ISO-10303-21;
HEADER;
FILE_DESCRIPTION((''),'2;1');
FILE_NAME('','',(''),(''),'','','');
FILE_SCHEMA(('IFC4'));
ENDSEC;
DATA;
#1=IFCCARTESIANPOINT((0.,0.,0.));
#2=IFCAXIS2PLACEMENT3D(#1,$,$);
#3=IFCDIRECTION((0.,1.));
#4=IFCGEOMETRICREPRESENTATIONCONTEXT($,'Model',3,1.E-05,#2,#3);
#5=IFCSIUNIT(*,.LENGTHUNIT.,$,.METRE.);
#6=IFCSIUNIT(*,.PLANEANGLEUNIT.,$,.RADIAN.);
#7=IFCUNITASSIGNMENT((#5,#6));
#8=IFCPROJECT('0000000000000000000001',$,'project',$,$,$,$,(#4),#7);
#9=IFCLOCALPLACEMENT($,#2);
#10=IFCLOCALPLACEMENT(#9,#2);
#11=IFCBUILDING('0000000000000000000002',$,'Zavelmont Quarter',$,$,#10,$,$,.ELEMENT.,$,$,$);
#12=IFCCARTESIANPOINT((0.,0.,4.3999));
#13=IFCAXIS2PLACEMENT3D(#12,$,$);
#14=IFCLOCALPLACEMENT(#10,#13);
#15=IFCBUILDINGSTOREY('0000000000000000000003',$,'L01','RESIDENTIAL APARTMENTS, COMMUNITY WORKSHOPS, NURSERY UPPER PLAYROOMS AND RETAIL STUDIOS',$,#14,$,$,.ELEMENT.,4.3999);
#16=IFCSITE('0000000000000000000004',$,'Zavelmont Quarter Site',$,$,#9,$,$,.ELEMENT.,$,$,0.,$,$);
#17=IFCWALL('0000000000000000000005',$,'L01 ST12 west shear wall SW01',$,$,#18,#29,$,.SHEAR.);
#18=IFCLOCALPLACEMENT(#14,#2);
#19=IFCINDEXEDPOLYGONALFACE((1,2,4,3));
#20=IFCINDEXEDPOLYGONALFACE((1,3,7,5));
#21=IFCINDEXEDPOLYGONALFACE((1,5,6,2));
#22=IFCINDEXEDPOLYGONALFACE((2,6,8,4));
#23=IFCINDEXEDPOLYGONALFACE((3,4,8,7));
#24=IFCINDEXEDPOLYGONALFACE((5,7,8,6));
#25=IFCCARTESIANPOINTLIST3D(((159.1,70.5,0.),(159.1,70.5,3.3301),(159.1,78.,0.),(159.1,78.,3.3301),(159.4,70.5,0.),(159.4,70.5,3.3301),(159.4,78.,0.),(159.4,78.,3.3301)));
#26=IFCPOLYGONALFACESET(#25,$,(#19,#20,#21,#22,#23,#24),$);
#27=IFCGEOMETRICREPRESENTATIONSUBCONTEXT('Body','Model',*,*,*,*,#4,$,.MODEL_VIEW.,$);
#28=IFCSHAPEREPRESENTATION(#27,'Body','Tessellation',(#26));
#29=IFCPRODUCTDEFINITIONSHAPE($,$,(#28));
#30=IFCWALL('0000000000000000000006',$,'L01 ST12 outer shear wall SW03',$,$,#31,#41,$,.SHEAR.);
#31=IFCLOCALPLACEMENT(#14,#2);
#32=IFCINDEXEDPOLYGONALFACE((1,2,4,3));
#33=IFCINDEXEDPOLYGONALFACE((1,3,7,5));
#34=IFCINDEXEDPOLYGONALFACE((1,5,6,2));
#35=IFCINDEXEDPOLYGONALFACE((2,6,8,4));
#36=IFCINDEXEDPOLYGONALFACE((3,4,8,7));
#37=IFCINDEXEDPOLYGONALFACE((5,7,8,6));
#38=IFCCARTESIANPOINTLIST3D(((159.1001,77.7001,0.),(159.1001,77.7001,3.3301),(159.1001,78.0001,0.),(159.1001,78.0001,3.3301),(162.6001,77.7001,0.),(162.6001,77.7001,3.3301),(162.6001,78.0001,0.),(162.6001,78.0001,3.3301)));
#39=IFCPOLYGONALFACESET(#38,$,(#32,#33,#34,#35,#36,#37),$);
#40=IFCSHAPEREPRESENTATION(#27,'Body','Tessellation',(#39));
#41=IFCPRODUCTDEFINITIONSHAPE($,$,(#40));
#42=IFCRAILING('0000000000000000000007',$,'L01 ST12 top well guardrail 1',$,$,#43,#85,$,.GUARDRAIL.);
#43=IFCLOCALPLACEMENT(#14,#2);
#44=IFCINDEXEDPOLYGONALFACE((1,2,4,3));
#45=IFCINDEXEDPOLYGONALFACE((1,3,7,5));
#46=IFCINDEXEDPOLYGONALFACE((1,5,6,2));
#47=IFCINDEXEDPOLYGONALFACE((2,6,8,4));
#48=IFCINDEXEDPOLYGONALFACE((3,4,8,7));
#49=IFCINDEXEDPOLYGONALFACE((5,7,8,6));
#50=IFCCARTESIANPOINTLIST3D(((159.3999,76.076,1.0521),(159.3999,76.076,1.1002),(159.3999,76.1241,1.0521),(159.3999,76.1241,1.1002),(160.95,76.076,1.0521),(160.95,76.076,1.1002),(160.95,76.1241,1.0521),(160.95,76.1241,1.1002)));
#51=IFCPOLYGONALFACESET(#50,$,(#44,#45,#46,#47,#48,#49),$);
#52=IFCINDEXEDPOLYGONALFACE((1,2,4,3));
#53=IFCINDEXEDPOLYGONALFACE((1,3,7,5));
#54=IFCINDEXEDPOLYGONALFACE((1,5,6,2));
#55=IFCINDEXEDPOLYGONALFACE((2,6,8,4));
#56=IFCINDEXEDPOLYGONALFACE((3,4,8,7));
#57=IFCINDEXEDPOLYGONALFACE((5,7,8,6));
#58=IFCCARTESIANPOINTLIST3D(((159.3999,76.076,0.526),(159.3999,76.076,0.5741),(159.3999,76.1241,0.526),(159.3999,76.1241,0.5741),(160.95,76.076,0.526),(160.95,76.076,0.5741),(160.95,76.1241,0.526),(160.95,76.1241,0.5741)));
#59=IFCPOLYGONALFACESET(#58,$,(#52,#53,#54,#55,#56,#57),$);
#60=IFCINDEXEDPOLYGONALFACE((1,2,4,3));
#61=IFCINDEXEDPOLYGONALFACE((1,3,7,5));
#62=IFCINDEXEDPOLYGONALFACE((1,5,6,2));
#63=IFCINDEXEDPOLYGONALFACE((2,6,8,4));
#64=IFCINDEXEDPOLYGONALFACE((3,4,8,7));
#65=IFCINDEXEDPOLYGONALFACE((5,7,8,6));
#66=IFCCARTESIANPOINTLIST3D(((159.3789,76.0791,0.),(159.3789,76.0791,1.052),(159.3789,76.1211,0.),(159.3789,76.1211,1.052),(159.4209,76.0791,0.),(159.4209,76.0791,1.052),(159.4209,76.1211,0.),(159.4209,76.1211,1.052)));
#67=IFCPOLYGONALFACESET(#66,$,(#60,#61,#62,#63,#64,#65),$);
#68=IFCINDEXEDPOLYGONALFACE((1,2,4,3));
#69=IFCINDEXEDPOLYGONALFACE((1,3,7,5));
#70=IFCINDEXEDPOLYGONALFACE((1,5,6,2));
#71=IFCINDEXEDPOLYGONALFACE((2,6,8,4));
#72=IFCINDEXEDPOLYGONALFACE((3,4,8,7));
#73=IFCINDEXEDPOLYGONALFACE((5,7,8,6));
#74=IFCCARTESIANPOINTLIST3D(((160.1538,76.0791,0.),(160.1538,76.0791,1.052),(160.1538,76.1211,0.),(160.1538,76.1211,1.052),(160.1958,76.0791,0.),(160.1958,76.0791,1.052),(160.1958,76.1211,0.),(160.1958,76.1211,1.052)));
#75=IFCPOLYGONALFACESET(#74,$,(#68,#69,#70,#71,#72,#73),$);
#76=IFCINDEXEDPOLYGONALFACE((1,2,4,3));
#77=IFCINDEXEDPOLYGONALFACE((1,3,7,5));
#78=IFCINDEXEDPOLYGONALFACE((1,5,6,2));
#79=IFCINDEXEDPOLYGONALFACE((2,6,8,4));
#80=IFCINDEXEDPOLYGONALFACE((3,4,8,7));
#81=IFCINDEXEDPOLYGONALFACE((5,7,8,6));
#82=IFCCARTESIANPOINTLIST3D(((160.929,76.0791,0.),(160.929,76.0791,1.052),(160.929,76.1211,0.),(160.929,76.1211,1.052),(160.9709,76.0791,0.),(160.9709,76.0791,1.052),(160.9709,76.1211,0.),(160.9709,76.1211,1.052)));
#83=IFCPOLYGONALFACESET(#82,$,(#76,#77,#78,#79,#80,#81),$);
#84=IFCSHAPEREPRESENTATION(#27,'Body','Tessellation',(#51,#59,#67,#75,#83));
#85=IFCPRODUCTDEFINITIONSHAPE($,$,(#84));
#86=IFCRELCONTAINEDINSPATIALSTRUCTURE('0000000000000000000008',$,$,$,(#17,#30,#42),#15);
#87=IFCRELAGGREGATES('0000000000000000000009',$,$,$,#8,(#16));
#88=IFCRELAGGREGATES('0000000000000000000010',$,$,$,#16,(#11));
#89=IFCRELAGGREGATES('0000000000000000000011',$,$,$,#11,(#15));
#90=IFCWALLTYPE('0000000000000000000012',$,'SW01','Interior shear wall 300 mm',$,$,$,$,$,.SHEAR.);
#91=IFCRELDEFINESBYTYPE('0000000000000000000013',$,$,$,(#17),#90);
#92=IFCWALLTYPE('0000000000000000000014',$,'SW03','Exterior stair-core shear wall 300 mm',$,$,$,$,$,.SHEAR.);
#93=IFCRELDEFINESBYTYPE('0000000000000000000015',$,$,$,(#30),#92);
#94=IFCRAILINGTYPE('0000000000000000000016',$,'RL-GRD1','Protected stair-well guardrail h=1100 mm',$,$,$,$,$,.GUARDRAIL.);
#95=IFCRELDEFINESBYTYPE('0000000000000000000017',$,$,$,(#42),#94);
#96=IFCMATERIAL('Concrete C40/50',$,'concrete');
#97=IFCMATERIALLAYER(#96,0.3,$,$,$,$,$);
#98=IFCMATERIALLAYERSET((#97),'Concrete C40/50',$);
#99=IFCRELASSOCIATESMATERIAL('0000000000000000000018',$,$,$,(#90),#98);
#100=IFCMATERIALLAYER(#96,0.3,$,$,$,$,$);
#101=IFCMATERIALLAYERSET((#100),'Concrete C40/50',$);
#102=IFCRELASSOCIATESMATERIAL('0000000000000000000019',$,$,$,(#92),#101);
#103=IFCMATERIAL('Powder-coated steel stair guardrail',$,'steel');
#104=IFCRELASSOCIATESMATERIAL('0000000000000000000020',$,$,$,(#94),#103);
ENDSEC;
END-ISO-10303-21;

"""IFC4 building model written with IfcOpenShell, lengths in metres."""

from ifc_helpers import new_model, si_unit, direction, frame, frame_2d, origin, origin_2d, place, context, subcontext, project, spatial, rectangle, extrude, material, layer, layer_set, type_object, element, save


model = new_model("IFC4")

# Units and contexts
model_context = context("Model", 3, precision=1e-05, world=origin(), true_north=direction((0.0, 1.0)))
body_context = subcontext(model_context, "Body", "Model", "MODEL_VIEW")
ifc_project = project(units=[si_unit("LENGTHUNIT", "METRE"), si_unit("PLANEANGLEUNIT", "RADIAN")], contexts=[model_context])

# Site, building, storey
site_placement = place(None, origin())
site = spatial("IfcSite", under=ifc_project, at=site_placement, Name="Zavelmont Quarter Site", CompositionType="ELEMENT", RefElevation=0.0)
building_placement = place(site_placement, origin())
building = spatial("IfcBuilding", under=site, at=building_placement, Name="Zavelmont Quarter", CompositionType="ELEMENT")
storey_placement = place(building_placement, frame((0.0, 0.0, 4.3999)))
storey = spatial("IfcBuildingStorey", under=building, at=storey_placement, Name="L01", Description="RESIDENTIAL APARTMENTS, COMMUNITY WORKSHOPS, NURSERY UPPER PLAYROOMS AND RETAIL STUDIOS", CompositionType="ELEMENT", Elevation=4.3999)

# Wall
ifc_material_1 = material(Name="Concrete C40/50", Category="concrete")
ifc_layer_1 = layer(ifc_material_1, 0.3)
ifc_layer_set_1 = layer_set([ifc_layer_1], Name="Concrete C40/50")
wall_type_1 = type_object("IfcWallType", Name="SW01", Description="Interior shear wall 300 mm", PredefinedType="SHEAR", material=ifc_layer_set_1)
wall_1_placement = place(storey_placement, frame((159.25, 70.5, 0.0), z_axis=(0.0, 0.0, 1.0), x_axis=(0.0, 1.0, 0.0)))
element("IfcWall", 1, at=wall_1_placement, inside=storey, type_object=wall_type_1, Name="L01 ST12 west shear wall SW01", PredefinedType="SHEAR", context=body_context, shape_type="SweptSolid", body=[
    extrude(rectangle(XDim=7.5, YDim=0.3, at=frame_2d((3.75, 0.0))), origin(), (0.0, 0.0, 1.0), 3.3301),
])

# Wall
ifc_layer_2 = layer(ifc_material_1, 0.3)
ifc_layer_set_2 = layer_set([ifc_layer_2], Name="Concrete C40/50")
wall_type_2 = type_object("IfcWallType", Name="SW03", Description="Exterior stair-core shear wall 300 mm", PredefinedType="SHEAR", material=ifc_layer_set_2)
wall_2_placement = place(storey_placement, frame((159.1001, 77.8501, 0.0), z_axis=(0.0, 0.0, 1.0), x_axis=(1.0, 0.0, 0.0)))
element("IfcWall", 2, at=wall_2_placement, inside=storey, type_object=wall_type_2, Name="L01 ST12 outer shear wall SW03", PredefinedType="SHEAR", context=body_context, shape_type="SweptSolid", body=[
    extrude(rectangle(XDim=3.5, YDim=0.3, at=frame_2d((1.75, 0.0))), origin(), (0.0, 0.0, 1.0), 3.3301),
])

# Railing
ifc_material_2 = material(Name="Powder-coated steel stair guardrail", Category="steel")
railing_type = type_object("IfcRailingType", Name="RL-GRD1", Description="Protected stair-well guardrail h=1100 mm", PredefinedType="GUARDRAIL", material=ifc_material_2)
railing_placement = place(storey_placement, frame((159.3999, 76.1001, 0.0)))
element("IfcRailing", 3, at=railing_placement, inside=storey, type_object=railing_type, Name="L01 ST12 top well guardrail 1", PredefinedType="GUARDRAIL", context=body_context, shape_type="SweptSolid", body=[
    extrude(rectangle(XDim=0.0481, YDim=0.0481, at=origin_2d()), frame((0.0, 0.0, 1.0762), z_axis=(1.0, 0.0, 0.0), x_axis=(0.0, 1.0, 0.0)), (0.0, 0.0, 1.0), 1.55),
    extrude(rectangle(XDim=0.0481, YDim=0.0481, at=origin_2d()), frame((0.0, 0.0, 0.55), z_axis=(1.0, 0.0, 0.0), x_axis=(0.0, 1.0, 0.0)), (0.0, 0.0, 1.0), 1.55),
    extrude(rectangle(XDim=0.042, YDim=0.042, at=origin_2d()), origin(), (0.0, 0.0, 1.0), 1.052),
    extrude(rectangle(XDim=0.042, YDim=0.042, at=origin_2d()), frame((0.7749, 0.0, 0.0)), (0.0, 0.0, 1.0), 1.052),
    extrude(rectangle(XDim=0.042, YDim=0.042, at=origin_2d()), frame((1.55, 0.0, 0.0)), (0.0, 0.0, 1.0), 1.052),
])

save(model, "model.ifc")
